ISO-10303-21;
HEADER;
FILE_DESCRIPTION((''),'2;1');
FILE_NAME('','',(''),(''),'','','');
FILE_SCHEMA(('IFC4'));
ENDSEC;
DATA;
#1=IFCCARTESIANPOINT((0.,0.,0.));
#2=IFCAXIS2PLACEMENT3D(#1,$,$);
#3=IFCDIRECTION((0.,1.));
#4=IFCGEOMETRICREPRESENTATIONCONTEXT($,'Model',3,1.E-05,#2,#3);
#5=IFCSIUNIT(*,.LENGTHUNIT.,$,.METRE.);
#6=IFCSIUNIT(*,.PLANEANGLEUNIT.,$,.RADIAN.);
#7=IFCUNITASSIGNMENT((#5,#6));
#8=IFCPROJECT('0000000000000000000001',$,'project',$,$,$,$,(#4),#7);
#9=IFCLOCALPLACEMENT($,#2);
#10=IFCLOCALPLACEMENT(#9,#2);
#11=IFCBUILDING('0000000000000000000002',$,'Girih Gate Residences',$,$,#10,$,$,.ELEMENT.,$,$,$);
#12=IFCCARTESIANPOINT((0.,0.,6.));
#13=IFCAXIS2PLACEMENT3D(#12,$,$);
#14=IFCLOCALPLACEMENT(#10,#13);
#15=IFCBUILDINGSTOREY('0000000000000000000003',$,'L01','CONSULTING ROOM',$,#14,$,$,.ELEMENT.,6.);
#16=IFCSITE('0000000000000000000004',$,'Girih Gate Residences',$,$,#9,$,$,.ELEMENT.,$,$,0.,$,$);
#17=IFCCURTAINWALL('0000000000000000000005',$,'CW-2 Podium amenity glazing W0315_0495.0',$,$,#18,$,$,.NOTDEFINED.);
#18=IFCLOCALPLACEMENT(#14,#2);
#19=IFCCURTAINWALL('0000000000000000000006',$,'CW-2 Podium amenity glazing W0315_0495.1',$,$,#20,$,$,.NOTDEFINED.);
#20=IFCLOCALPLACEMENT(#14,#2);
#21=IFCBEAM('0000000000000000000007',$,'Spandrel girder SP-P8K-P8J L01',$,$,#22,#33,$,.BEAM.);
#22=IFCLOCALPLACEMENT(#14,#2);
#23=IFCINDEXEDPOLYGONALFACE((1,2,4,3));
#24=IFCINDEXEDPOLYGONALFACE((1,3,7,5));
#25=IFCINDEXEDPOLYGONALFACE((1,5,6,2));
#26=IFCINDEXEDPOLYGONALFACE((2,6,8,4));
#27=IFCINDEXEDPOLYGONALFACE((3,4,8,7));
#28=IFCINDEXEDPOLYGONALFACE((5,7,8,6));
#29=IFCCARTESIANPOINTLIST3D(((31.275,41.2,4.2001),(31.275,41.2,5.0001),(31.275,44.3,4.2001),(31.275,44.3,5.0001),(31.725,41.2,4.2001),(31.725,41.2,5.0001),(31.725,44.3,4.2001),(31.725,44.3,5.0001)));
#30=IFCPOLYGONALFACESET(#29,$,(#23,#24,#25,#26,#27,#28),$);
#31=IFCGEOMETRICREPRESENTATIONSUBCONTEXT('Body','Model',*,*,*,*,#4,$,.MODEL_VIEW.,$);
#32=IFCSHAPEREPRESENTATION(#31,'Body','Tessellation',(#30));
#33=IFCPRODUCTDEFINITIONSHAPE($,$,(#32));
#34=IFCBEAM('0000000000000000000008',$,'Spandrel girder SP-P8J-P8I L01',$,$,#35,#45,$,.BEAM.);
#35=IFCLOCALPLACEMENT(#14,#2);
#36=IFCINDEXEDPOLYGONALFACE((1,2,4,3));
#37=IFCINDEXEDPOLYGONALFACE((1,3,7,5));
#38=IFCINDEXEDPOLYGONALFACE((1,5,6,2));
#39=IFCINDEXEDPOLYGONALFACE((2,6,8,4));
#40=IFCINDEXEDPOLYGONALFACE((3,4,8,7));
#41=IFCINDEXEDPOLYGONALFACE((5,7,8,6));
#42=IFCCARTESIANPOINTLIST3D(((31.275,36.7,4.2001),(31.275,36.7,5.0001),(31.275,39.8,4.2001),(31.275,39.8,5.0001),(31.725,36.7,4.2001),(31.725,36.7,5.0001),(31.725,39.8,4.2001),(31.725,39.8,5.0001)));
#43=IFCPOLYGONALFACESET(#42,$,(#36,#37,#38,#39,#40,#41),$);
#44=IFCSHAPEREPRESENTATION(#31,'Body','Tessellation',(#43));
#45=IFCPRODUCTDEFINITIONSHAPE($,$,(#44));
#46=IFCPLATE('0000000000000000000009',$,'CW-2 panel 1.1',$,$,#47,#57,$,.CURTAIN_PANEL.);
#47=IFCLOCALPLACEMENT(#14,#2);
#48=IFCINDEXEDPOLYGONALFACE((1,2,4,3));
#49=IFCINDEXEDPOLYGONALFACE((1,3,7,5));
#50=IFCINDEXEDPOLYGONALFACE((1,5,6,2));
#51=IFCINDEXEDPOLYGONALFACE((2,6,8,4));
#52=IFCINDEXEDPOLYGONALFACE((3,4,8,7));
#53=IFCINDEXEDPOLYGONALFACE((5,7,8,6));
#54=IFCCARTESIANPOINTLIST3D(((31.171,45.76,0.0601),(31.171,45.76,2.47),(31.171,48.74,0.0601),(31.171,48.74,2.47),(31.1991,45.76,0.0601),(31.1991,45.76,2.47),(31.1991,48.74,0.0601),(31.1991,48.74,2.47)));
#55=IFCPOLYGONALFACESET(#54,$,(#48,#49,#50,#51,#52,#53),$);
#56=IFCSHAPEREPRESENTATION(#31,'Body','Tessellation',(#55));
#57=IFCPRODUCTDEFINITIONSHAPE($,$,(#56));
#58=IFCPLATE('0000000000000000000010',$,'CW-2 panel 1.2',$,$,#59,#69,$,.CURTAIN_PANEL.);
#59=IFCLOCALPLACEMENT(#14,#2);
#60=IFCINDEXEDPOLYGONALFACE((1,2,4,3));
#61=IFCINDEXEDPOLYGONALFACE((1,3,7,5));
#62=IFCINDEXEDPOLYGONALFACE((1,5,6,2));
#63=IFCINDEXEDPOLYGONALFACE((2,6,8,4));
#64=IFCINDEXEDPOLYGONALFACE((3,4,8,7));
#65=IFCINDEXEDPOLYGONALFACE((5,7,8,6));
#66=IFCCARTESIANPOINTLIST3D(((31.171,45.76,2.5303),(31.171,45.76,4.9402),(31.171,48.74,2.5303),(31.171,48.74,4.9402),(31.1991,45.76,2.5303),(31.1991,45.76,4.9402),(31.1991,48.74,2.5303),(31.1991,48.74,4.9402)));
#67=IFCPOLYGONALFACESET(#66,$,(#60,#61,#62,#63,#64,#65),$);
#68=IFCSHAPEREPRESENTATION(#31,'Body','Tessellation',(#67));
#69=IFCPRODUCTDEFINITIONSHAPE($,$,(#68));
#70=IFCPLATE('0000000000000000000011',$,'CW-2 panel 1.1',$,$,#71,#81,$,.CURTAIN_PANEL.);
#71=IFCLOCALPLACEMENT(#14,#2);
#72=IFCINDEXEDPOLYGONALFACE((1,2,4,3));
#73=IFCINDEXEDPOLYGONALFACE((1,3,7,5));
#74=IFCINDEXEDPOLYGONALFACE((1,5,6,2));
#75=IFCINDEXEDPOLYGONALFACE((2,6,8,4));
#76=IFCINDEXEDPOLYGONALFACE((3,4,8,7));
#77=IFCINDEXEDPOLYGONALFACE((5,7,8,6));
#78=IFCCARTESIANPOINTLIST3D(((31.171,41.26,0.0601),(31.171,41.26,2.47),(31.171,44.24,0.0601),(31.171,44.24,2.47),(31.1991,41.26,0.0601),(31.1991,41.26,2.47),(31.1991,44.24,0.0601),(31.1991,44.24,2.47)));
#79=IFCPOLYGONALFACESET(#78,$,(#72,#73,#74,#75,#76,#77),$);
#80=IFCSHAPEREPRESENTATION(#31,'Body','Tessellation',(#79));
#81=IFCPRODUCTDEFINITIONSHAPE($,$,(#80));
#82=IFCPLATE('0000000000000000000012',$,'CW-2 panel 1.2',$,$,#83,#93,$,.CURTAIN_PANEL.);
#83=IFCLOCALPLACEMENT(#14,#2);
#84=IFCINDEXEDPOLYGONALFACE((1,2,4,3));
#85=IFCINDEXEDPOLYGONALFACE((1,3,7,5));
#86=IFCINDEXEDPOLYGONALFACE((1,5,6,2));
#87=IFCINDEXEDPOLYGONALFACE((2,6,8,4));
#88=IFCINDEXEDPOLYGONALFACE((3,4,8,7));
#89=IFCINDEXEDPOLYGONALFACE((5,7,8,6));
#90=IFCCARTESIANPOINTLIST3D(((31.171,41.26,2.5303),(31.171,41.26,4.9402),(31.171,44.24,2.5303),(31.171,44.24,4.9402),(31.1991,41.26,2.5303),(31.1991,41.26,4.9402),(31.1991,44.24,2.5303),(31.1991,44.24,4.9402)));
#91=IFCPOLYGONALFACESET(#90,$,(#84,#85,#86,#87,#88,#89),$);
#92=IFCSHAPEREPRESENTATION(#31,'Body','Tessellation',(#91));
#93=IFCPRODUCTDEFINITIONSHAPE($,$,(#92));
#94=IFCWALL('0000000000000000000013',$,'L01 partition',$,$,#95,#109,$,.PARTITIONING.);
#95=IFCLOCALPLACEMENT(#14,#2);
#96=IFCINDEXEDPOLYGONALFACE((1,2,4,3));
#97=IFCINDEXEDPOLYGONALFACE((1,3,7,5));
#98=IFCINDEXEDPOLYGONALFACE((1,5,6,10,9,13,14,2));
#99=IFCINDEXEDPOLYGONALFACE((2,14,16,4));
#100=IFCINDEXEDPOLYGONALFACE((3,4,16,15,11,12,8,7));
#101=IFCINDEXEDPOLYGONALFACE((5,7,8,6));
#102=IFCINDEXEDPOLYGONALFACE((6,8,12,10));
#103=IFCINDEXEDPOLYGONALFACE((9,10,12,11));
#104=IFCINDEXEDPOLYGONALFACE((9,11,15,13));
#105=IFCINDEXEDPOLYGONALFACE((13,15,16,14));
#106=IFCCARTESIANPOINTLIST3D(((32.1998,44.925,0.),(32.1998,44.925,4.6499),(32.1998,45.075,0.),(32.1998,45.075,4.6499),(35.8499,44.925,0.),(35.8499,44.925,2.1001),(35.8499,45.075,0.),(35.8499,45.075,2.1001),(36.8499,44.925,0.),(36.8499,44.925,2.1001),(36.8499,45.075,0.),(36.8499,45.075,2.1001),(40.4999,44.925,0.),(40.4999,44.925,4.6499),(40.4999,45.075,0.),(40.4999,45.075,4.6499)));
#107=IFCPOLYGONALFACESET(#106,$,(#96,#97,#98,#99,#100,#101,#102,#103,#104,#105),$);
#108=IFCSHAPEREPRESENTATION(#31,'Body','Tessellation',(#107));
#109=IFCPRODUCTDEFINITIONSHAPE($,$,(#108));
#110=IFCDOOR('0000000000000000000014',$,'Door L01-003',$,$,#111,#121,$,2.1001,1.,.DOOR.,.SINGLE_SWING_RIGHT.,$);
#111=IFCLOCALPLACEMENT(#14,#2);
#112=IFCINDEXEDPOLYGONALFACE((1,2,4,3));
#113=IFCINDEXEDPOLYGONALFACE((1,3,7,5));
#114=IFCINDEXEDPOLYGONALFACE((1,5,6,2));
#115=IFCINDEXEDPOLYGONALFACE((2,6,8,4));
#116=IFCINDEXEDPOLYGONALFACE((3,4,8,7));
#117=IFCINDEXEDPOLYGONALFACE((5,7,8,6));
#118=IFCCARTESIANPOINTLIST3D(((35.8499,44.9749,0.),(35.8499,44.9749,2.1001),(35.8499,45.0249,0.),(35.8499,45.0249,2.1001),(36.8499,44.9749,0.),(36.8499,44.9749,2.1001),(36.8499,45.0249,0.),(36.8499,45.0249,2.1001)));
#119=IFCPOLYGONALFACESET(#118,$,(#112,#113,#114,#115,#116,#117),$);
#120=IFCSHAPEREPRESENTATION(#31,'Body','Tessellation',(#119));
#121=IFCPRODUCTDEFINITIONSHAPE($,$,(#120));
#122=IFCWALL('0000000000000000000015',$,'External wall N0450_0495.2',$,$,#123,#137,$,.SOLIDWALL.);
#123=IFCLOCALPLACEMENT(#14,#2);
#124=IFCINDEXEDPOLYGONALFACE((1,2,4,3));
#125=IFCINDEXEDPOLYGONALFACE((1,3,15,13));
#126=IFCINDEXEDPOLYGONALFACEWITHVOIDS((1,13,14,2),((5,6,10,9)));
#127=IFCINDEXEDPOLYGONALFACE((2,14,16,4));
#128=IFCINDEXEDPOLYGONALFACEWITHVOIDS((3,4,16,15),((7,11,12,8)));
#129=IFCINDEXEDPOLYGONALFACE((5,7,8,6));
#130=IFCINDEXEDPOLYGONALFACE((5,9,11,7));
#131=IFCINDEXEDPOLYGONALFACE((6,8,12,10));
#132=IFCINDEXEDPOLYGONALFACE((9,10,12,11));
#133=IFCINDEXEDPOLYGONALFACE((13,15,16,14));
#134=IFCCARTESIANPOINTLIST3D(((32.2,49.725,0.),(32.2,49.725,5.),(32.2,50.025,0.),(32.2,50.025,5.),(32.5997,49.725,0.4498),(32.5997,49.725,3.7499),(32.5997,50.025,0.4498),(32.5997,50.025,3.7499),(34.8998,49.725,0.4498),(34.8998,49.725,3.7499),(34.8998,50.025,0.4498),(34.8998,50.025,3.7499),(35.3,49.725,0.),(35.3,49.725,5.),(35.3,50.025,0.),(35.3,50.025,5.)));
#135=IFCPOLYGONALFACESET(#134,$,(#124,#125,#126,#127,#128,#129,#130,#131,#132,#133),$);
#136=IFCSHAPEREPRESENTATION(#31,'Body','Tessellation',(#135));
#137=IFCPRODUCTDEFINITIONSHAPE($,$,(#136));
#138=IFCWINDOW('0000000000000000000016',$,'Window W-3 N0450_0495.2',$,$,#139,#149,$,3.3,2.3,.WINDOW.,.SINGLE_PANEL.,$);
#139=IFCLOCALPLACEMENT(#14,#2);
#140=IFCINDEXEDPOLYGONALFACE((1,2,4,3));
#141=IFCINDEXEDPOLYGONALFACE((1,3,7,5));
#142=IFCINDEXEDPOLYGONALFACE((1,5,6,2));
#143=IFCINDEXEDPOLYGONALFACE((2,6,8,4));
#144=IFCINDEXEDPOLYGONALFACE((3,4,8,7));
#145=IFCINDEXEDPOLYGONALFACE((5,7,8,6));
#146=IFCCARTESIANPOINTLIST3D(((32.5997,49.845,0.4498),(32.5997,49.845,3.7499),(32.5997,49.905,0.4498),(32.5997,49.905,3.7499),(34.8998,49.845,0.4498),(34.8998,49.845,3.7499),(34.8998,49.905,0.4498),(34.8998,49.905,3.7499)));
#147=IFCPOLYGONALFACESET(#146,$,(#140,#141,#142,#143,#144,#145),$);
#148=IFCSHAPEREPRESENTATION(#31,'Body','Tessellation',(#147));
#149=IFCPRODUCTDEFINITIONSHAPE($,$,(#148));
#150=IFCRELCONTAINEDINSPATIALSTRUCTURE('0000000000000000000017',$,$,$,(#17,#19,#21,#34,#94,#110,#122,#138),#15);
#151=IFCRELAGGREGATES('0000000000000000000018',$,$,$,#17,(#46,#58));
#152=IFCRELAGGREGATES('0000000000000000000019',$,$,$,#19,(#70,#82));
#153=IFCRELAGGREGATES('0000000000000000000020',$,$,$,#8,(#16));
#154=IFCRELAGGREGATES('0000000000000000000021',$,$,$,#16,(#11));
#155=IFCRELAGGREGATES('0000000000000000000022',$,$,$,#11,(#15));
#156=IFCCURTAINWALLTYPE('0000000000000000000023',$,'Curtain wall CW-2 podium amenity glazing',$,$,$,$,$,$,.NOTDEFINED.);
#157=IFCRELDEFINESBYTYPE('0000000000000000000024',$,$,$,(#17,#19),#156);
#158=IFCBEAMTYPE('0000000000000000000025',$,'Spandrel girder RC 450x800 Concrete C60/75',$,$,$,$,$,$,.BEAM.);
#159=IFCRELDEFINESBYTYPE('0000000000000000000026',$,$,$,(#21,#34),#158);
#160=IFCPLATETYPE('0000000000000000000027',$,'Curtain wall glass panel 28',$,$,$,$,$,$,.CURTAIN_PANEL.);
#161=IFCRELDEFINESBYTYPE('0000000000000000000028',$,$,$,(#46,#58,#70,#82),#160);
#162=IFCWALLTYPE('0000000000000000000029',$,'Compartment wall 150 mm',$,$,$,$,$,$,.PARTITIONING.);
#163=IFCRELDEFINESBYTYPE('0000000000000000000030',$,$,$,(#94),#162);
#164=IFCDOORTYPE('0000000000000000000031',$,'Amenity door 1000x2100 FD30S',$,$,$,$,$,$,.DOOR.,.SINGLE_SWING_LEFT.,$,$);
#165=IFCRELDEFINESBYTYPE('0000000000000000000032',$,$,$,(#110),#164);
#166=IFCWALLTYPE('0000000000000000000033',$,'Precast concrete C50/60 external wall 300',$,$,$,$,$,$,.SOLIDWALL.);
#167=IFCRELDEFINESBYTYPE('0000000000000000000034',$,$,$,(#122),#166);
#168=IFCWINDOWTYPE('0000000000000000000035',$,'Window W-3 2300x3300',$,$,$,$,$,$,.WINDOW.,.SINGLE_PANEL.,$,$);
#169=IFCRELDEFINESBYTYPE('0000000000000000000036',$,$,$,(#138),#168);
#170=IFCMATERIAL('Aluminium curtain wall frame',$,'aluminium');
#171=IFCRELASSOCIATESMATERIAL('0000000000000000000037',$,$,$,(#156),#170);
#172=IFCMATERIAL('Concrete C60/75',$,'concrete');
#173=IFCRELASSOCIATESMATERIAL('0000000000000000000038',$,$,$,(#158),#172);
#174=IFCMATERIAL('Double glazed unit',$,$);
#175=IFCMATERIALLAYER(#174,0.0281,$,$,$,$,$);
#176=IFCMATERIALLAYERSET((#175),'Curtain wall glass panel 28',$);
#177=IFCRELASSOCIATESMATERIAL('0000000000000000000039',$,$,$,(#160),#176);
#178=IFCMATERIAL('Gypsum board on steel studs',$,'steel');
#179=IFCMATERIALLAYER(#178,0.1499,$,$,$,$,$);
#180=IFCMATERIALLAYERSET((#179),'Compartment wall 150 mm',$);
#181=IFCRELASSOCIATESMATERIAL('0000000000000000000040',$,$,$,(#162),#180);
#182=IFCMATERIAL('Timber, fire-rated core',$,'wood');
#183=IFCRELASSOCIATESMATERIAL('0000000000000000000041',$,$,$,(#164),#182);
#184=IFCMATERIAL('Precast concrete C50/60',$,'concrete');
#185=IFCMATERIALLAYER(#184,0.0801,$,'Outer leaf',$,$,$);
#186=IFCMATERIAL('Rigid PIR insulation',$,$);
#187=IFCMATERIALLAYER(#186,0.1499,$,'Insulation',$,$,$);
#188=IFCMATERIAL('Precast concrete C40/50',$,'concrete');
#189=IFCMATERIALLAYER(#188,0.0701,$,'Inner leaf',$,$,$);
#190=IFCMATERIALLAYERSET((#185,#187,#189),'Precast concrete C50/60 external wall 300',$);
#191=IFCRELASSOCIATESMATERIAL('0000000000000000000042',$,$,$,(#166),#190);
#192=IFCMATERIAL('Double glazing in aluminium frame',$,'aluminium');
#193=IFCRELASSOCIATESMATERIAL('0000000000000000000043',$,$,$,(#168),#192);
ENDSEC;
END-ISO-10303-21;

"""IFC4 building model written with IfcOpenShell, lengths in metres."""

from ifc_helpers import new_model, si_unit, direction, frame, frame_2d, origin, origin_2d, place, context, subcontext, project, spatial, rectangle, extrude, material, layer, layer_set, material_profile, profile_set, type_object, element, fill, aggregate, save


model = new_model("IFC4")

# Units and contexts
model_context = context("Model", 3, precision=1e-05, world=origin(), true_north=direction((0.0, 1.0)))
body_context = subcontext(model_context, "Body", "Model", "MODEL_VIEW")
ifc_project = project(units=[si_unit("LENGTHUNIT", "METRE"), si_unit("PLANEANGLEUNIT", "RADIAN")], contexts=[model_context])

# Site, building, storey
site_placement = place(None, origin())
site = spatial("IfcSite", under=ifc_project, at=site_placement, Name="Girih Gate Residences", CompositionType="ELEMENT", RefElevation=0.0)
building_placement = place(site_placement, origin())
building = spatial("IfcBuilding", under=site, at=building_placement, Name="Girih Gate Residences", CompositionType="ELEMENT")
storey_placement = place(building_placement, frame((0.0, 0.0, 6.0)))
storey = spatial("IfcBuildingStorey", under=building, at=storey_placement, Name="L01", Description="CONSULTING ROOM", CompositionType="ELEMENT", Elevation=6.0)

# Curtain walls
ifc_material_1 = material(Name="Aluminium curtain wall frame", Category="aluminium")
curtain_wall_type = type_object("IfcCurtainWallType", Name="Curtain wall CW-2 podium amenity glazing", PredefinedType="NOTDEFINED", material=ifc_material_1)
curtain_wall_1_placement = place(storey_placement, origin())
curtain_wall_1 = element("IfcCurtainWall", 1, at=curtain_wall_1_placement, inside=storey, type_object=curtain_wall_type, Name="CW-2 Podium amenity glazing W0315_0495.0", PredefinedType="NOTDEFINED")
curtain_wall_2_placement = place(storey_placement, origin())
curtain_wall_2 = element("IfcCurtainWall", 2, at=curtain_wall_2_placement, inside=storey, type_object=curtain_wall_type, Name="CW-2 Podium amenity glazing W0315_0495.1", PredefinedType="NOTDEFINED")

# Beams
ifc_material_2 = material(Name="Concrete C60/75", Category="concrete")
ifc_material_profile_1 = material_profile(ifc_material_2, rectangle(XDim=0.45, YDim=0.8, at=origin_2d()))
ifc_profile_set_1 = profile_set([ifc_material_profile_1], Name="Concrete C60/75")
beam_type = type_object("IfcBeamType", Name="Spandrel girder RC 450x800 Concrete C60/75", PredefinedType="BEAM", material=ifc_profile_set_1)
for number, where, z_axis, x_axis, name in (
    (3, (31.5, 44.3, 4.6001), (0.0, -1.0, 0.0), (1.0, 0.0, 0.0), "Spandrel girder SP-P8K-P8J L01"),
    (4, (31.5, 39.8, 4.6001), (0.0, -1.0, 0.0), (1.0, 0.0, 0.0), "Spandrel girder SP-P8J-P8I L01"),
):
    element("IfcBeam", number, at=place(storey_placement, frame(where, z_axis=z_axis, x_axis=x_axis)), inside=storey, type_object=beam_type, Name=name, PredefinedType="BEAM", context=body_context, shape_type="SweptSolid", body=[
        extrude(rectangle(XDim=0.45, YDim=0.8, at=origin_2d()), origin(), (0.0, 0.0, 1.0), 3.1001),
    ])

# Plates
ifc_material_3 = material(Name="Double glazed unit")
ifc_layer_1 = layer(ifc_material_3, 0.0281)
ifc_layer_set_1 = layer_set([ifc_layer_1], Name="Curtain wall glass panel 28")
plate_type = type_object("IfcPlateType", Name="Curtain wall glass panel 28", PredefinedType="CURTAIN_PANEL", material=ifc_layer_set_1)
plate_1_placement = place(storey_placement, frame((31.1851, 47.25, 0.0601), z_axis=(0.0, 0.0, 1.0), x_axis=(0.0, -1.0, 0.0)))
plate_1 = element("IfcPlate", 5, at=plate_1_placement, type_object=plate_type, Name="CW-2 panel 1.1", PredefinedType="CURTAIN_PANEL", context=body_context, shape_type="SweptSolid", body=[
    extrude(rectangle(XDim=2.98, YDim=0.0281, at=origin_2d()), origin(), (0.0, 0.0, 1.0), 2.4099),
])
plate_2_placement = place(storey_placement, frame((31.1851, 47.25, 2.5303), z_axis=(0.0, 0.0, 1.0), x_axis=(0.0, -1.0, 0.0)))
plate_2 = element("IfcPlate", 6, at=plate_2_placement, type_object=plate_type, Name="CW-2 panel 1.2", PredefinedType="CURTAIN_PANEL", context=body_context, shape_type="SweptSolid", body=[
    extrude(rectangle(XDim=2.98, YDim=0.0281, at=origin_2d()), origin(), (0.0, 0.0, 1.0), 2.4099),
])
aggregate(curtain_wall_1, [plate_1, plate_2])
plate_3_placement = place(storey_placement, frame((31.1851, 42.75, 0.0601), z_axis=(0.0, 0.0, 1.0), x_axis=(0.0, -1.0, 0.0)))
plate_3 = element("IfcPlate", 7, at=plate_3_placement, type_object=plate_type, Name="CW-2 panel 1.1", PredefinedType="CURTAIN_PANEL", context=body_context, shape_type="SweptSolid", body=[
    extrude(rectangle(XDim=2.98, YDim=0.0281, at=origin_2d()), origin(), (0.0, 0.0, 1.0), 2.4099),
])
plate_4_placement = place(storey_placement, frame((31.1851, 42.75, 2.5303), z_axis=(0.0, 0.0, 1.0), x_axis=(0.0, -1.0, 0.0)))
plate_4 = element("IfcPlate", 8, at=plate_4_placement, type_object=plate_type, Name="CW-2 panel 1.2", PredefinedType="CURTAIN_PANEL", context=body_context, shape_type="SweptSolid", body=[
    extrude(rectangle(XDim=2.98, YDim=0.0281, at=origin_2d()), origin(), (0.0, 0.0, 1.0), 2.4099),
])
aggregate(curtain_wall_2, [plate_3, plate_4])

# Wall, opening, door
ifc_material_4 = material(Name="Gypsum board on steel studs", Category="steel")
ifc_layer_2 = layer(ifc_material_4, 0.1499)
ifc_layer_set_2 = layer_set([ifc_layer_2], Name="Compartment wall 150 mm")
wall_type_1 = type_object("IfcWallType", Name="Compartment wall 150 mm", PredefinedType="PARTITIONING", material=ifc_layer_set_2)
wall_1_placement = place(storey_placement, frame((32.2, 45.0, 0.0), z_axis=(0.0, 0.0, 1.0), x_axis=(1.0, 0.0, 0.0)))
wall_1 = element("IfcWall", 9, at=wall_1_placement, inside=storey, type_object=wall_type_1, Name="L01 partition", PredefinedType="PARTITIONING", context=body_context, shape_type="SweptSolid", body=[
    extrude(rectangle(XDim=8.3, YDim=0.1499, at=frame_2d((4.1499, 0.0))), origin(), (0.0, 0.0, 1.0), 4.6499),
])
opening_1_placement = place(wall_1_placement, frame((3.6499, 0.0, 0.0)))
opening_1 = element("IfcOpeningElement", 10, at=opening_1_placement, cuts=wall_1, PredefinedType="OPENING", context=body_context, shape_type="SweptSolid", body=[
    extrude(rectangle(XDim=1.0, YDim=2.1001, at=frame_2d((0.5, 1.05))), frame((0.0, 0.085, 0.0), z_axis=(0.0, -1.0, 0.0), x_axis=(1.0, 0.0, 0.0)), (0.0, 0.0, 1.0), 0.1699),
])
ifc_material_5 = material(Name="Timber, fire-rated core", Category="wood")
door_type = type_object("IfcDoorType", Name="Amenity door 1000x2100 FD30S", OperationType="SINGLE_SWING_LEFT", PredefinedType="DOOR", material=ifc_material_5)
door_placement = place(opening_1_placement, origin())
door = element("IfcDoor", 11, at=door_placement, inside=storey, type_object=door_type, Name="Door L01-003", OperationType="SINGLE_SWING_RIGHT", OverallHeight=2.1001, OverallWidth=1.0, PredefinedType="DOOR", context=body_context, shape_type="SweptSolid", body=[
    extrude(rectangle(XDim=1.0, YDim=2.1001, at=frame_2d((0.5, 1.05))), frame((0.0, 0.0249, 0.0), z_axis=(0.0, -1.0, 0.0), x_axis=(1.0, 0.0, 0.0)), (0.0, 0.0, 1.0), 0.05),
])
fill(opening_1, door)

# Wall, opening, window
ifc_material_6 = material(Name="Precast concrete C50/60", Category="concrete")
ifc_layer_3 = layer(ifc_material_6, 0.0801, Name="Outer leaf")
ifc_material_7 = material(Name="Rigid PIR insulation")
ifc_layer_4 = layer(ifc_material_7, 0.1499, Name="Insulation")
ifc_material_8 = material(Name="Precast concrete C40/50", Category="concrete")
ifc_layer_5 = layer(ifc_material_8, 0.0701, Name="Inner leaf")
ifc_layer_set_3 = layer_set([ifc_layer_3, ifc_layer_4, ifc_layer_5], Name="Precast concrete C50/60 external wall 300")
wall_type_2 = type_object("IfcWallType", Name="Precast concrete C50/60 external wall 300", PredefinedType="SOLIDWALL", material=ifc_layer_set_3)
wall_2_placement = place(storey_placement, frame((32.2, 49.875, 0.0), z_axis=(0.0, 0.0, 1.0), x_axis=(1.0, 0.0, 0.0)))
wall_2 = element("IfcWall", 12, at=wall_2_placement, inside=storey, type_object=wall_type_2, Name="External wall N0450_0495.2", PredefinedType="SOLIDWALL", context=body_context, shape_type="SweptSolid", body=[
    extrude(rectangle(XDim=3.1001, YDim=0.3, at=frame_2d((1.55, 0.0))), origin(), (0.0, 0.0, 1.0), 5.0),
])
opening_2_placement = place(wall_2_placement, frame((0.3999, 0.0, 0.45)))
opening_2 = element("IfcOpeningElement", 13, at=opening_2_placement, cuts=wall_2, PredefinedType="OPENING", context=body_context, shape_type="SweptSolid", body=[
    extrude(rectangle(XDim=2.3, YDim=3.3, at=frame_2d((1.1499, 1.6499))), frame((0.0, 0.1599, 0.0), z_axis=(0.0, -1.0, 0.0), x_axis=(1.0, 0.0, 0.0)), (0.0, 0.0, 1.0), 0.3201),
])
ifc_material_9 = material(Name="Double glazing in aluminium frame", Category="aluminium")
window_type = type_object("IfcWindowType", Name="Window W-3 2300x3300", PartitioningType="SINGLE_PANEL", PredefinedType="WINDOW", material=ifc_material_9)
window_placement = place(opening_2_placement, origin())
window = element("IfcWindow", 14, at=window_placement, inside=storey, type_object=window_type, Name="Window W-3 N0450_0495.2", OverallHeight=3.3, OverallWidth=2.3, PartitioningType="SINGLE_PANEL", PredefinedType="WINDOW", context=body_context, shape_type="SweptSolid", body=[
    extrude(rectangle(XDim=2.3, YDim=3.3, at=frame_2d((1.1499, 1.6499))), frame((0.0, 0.03, 0.0), z_axis=(0.0, -1.0, 0.0), x_axis=(1.0, 0.0, 0.0)), (0.0, 0.0, 1.0), 0.0601),
])
fill(opening_2, window)

save(model, "model.ifc")
